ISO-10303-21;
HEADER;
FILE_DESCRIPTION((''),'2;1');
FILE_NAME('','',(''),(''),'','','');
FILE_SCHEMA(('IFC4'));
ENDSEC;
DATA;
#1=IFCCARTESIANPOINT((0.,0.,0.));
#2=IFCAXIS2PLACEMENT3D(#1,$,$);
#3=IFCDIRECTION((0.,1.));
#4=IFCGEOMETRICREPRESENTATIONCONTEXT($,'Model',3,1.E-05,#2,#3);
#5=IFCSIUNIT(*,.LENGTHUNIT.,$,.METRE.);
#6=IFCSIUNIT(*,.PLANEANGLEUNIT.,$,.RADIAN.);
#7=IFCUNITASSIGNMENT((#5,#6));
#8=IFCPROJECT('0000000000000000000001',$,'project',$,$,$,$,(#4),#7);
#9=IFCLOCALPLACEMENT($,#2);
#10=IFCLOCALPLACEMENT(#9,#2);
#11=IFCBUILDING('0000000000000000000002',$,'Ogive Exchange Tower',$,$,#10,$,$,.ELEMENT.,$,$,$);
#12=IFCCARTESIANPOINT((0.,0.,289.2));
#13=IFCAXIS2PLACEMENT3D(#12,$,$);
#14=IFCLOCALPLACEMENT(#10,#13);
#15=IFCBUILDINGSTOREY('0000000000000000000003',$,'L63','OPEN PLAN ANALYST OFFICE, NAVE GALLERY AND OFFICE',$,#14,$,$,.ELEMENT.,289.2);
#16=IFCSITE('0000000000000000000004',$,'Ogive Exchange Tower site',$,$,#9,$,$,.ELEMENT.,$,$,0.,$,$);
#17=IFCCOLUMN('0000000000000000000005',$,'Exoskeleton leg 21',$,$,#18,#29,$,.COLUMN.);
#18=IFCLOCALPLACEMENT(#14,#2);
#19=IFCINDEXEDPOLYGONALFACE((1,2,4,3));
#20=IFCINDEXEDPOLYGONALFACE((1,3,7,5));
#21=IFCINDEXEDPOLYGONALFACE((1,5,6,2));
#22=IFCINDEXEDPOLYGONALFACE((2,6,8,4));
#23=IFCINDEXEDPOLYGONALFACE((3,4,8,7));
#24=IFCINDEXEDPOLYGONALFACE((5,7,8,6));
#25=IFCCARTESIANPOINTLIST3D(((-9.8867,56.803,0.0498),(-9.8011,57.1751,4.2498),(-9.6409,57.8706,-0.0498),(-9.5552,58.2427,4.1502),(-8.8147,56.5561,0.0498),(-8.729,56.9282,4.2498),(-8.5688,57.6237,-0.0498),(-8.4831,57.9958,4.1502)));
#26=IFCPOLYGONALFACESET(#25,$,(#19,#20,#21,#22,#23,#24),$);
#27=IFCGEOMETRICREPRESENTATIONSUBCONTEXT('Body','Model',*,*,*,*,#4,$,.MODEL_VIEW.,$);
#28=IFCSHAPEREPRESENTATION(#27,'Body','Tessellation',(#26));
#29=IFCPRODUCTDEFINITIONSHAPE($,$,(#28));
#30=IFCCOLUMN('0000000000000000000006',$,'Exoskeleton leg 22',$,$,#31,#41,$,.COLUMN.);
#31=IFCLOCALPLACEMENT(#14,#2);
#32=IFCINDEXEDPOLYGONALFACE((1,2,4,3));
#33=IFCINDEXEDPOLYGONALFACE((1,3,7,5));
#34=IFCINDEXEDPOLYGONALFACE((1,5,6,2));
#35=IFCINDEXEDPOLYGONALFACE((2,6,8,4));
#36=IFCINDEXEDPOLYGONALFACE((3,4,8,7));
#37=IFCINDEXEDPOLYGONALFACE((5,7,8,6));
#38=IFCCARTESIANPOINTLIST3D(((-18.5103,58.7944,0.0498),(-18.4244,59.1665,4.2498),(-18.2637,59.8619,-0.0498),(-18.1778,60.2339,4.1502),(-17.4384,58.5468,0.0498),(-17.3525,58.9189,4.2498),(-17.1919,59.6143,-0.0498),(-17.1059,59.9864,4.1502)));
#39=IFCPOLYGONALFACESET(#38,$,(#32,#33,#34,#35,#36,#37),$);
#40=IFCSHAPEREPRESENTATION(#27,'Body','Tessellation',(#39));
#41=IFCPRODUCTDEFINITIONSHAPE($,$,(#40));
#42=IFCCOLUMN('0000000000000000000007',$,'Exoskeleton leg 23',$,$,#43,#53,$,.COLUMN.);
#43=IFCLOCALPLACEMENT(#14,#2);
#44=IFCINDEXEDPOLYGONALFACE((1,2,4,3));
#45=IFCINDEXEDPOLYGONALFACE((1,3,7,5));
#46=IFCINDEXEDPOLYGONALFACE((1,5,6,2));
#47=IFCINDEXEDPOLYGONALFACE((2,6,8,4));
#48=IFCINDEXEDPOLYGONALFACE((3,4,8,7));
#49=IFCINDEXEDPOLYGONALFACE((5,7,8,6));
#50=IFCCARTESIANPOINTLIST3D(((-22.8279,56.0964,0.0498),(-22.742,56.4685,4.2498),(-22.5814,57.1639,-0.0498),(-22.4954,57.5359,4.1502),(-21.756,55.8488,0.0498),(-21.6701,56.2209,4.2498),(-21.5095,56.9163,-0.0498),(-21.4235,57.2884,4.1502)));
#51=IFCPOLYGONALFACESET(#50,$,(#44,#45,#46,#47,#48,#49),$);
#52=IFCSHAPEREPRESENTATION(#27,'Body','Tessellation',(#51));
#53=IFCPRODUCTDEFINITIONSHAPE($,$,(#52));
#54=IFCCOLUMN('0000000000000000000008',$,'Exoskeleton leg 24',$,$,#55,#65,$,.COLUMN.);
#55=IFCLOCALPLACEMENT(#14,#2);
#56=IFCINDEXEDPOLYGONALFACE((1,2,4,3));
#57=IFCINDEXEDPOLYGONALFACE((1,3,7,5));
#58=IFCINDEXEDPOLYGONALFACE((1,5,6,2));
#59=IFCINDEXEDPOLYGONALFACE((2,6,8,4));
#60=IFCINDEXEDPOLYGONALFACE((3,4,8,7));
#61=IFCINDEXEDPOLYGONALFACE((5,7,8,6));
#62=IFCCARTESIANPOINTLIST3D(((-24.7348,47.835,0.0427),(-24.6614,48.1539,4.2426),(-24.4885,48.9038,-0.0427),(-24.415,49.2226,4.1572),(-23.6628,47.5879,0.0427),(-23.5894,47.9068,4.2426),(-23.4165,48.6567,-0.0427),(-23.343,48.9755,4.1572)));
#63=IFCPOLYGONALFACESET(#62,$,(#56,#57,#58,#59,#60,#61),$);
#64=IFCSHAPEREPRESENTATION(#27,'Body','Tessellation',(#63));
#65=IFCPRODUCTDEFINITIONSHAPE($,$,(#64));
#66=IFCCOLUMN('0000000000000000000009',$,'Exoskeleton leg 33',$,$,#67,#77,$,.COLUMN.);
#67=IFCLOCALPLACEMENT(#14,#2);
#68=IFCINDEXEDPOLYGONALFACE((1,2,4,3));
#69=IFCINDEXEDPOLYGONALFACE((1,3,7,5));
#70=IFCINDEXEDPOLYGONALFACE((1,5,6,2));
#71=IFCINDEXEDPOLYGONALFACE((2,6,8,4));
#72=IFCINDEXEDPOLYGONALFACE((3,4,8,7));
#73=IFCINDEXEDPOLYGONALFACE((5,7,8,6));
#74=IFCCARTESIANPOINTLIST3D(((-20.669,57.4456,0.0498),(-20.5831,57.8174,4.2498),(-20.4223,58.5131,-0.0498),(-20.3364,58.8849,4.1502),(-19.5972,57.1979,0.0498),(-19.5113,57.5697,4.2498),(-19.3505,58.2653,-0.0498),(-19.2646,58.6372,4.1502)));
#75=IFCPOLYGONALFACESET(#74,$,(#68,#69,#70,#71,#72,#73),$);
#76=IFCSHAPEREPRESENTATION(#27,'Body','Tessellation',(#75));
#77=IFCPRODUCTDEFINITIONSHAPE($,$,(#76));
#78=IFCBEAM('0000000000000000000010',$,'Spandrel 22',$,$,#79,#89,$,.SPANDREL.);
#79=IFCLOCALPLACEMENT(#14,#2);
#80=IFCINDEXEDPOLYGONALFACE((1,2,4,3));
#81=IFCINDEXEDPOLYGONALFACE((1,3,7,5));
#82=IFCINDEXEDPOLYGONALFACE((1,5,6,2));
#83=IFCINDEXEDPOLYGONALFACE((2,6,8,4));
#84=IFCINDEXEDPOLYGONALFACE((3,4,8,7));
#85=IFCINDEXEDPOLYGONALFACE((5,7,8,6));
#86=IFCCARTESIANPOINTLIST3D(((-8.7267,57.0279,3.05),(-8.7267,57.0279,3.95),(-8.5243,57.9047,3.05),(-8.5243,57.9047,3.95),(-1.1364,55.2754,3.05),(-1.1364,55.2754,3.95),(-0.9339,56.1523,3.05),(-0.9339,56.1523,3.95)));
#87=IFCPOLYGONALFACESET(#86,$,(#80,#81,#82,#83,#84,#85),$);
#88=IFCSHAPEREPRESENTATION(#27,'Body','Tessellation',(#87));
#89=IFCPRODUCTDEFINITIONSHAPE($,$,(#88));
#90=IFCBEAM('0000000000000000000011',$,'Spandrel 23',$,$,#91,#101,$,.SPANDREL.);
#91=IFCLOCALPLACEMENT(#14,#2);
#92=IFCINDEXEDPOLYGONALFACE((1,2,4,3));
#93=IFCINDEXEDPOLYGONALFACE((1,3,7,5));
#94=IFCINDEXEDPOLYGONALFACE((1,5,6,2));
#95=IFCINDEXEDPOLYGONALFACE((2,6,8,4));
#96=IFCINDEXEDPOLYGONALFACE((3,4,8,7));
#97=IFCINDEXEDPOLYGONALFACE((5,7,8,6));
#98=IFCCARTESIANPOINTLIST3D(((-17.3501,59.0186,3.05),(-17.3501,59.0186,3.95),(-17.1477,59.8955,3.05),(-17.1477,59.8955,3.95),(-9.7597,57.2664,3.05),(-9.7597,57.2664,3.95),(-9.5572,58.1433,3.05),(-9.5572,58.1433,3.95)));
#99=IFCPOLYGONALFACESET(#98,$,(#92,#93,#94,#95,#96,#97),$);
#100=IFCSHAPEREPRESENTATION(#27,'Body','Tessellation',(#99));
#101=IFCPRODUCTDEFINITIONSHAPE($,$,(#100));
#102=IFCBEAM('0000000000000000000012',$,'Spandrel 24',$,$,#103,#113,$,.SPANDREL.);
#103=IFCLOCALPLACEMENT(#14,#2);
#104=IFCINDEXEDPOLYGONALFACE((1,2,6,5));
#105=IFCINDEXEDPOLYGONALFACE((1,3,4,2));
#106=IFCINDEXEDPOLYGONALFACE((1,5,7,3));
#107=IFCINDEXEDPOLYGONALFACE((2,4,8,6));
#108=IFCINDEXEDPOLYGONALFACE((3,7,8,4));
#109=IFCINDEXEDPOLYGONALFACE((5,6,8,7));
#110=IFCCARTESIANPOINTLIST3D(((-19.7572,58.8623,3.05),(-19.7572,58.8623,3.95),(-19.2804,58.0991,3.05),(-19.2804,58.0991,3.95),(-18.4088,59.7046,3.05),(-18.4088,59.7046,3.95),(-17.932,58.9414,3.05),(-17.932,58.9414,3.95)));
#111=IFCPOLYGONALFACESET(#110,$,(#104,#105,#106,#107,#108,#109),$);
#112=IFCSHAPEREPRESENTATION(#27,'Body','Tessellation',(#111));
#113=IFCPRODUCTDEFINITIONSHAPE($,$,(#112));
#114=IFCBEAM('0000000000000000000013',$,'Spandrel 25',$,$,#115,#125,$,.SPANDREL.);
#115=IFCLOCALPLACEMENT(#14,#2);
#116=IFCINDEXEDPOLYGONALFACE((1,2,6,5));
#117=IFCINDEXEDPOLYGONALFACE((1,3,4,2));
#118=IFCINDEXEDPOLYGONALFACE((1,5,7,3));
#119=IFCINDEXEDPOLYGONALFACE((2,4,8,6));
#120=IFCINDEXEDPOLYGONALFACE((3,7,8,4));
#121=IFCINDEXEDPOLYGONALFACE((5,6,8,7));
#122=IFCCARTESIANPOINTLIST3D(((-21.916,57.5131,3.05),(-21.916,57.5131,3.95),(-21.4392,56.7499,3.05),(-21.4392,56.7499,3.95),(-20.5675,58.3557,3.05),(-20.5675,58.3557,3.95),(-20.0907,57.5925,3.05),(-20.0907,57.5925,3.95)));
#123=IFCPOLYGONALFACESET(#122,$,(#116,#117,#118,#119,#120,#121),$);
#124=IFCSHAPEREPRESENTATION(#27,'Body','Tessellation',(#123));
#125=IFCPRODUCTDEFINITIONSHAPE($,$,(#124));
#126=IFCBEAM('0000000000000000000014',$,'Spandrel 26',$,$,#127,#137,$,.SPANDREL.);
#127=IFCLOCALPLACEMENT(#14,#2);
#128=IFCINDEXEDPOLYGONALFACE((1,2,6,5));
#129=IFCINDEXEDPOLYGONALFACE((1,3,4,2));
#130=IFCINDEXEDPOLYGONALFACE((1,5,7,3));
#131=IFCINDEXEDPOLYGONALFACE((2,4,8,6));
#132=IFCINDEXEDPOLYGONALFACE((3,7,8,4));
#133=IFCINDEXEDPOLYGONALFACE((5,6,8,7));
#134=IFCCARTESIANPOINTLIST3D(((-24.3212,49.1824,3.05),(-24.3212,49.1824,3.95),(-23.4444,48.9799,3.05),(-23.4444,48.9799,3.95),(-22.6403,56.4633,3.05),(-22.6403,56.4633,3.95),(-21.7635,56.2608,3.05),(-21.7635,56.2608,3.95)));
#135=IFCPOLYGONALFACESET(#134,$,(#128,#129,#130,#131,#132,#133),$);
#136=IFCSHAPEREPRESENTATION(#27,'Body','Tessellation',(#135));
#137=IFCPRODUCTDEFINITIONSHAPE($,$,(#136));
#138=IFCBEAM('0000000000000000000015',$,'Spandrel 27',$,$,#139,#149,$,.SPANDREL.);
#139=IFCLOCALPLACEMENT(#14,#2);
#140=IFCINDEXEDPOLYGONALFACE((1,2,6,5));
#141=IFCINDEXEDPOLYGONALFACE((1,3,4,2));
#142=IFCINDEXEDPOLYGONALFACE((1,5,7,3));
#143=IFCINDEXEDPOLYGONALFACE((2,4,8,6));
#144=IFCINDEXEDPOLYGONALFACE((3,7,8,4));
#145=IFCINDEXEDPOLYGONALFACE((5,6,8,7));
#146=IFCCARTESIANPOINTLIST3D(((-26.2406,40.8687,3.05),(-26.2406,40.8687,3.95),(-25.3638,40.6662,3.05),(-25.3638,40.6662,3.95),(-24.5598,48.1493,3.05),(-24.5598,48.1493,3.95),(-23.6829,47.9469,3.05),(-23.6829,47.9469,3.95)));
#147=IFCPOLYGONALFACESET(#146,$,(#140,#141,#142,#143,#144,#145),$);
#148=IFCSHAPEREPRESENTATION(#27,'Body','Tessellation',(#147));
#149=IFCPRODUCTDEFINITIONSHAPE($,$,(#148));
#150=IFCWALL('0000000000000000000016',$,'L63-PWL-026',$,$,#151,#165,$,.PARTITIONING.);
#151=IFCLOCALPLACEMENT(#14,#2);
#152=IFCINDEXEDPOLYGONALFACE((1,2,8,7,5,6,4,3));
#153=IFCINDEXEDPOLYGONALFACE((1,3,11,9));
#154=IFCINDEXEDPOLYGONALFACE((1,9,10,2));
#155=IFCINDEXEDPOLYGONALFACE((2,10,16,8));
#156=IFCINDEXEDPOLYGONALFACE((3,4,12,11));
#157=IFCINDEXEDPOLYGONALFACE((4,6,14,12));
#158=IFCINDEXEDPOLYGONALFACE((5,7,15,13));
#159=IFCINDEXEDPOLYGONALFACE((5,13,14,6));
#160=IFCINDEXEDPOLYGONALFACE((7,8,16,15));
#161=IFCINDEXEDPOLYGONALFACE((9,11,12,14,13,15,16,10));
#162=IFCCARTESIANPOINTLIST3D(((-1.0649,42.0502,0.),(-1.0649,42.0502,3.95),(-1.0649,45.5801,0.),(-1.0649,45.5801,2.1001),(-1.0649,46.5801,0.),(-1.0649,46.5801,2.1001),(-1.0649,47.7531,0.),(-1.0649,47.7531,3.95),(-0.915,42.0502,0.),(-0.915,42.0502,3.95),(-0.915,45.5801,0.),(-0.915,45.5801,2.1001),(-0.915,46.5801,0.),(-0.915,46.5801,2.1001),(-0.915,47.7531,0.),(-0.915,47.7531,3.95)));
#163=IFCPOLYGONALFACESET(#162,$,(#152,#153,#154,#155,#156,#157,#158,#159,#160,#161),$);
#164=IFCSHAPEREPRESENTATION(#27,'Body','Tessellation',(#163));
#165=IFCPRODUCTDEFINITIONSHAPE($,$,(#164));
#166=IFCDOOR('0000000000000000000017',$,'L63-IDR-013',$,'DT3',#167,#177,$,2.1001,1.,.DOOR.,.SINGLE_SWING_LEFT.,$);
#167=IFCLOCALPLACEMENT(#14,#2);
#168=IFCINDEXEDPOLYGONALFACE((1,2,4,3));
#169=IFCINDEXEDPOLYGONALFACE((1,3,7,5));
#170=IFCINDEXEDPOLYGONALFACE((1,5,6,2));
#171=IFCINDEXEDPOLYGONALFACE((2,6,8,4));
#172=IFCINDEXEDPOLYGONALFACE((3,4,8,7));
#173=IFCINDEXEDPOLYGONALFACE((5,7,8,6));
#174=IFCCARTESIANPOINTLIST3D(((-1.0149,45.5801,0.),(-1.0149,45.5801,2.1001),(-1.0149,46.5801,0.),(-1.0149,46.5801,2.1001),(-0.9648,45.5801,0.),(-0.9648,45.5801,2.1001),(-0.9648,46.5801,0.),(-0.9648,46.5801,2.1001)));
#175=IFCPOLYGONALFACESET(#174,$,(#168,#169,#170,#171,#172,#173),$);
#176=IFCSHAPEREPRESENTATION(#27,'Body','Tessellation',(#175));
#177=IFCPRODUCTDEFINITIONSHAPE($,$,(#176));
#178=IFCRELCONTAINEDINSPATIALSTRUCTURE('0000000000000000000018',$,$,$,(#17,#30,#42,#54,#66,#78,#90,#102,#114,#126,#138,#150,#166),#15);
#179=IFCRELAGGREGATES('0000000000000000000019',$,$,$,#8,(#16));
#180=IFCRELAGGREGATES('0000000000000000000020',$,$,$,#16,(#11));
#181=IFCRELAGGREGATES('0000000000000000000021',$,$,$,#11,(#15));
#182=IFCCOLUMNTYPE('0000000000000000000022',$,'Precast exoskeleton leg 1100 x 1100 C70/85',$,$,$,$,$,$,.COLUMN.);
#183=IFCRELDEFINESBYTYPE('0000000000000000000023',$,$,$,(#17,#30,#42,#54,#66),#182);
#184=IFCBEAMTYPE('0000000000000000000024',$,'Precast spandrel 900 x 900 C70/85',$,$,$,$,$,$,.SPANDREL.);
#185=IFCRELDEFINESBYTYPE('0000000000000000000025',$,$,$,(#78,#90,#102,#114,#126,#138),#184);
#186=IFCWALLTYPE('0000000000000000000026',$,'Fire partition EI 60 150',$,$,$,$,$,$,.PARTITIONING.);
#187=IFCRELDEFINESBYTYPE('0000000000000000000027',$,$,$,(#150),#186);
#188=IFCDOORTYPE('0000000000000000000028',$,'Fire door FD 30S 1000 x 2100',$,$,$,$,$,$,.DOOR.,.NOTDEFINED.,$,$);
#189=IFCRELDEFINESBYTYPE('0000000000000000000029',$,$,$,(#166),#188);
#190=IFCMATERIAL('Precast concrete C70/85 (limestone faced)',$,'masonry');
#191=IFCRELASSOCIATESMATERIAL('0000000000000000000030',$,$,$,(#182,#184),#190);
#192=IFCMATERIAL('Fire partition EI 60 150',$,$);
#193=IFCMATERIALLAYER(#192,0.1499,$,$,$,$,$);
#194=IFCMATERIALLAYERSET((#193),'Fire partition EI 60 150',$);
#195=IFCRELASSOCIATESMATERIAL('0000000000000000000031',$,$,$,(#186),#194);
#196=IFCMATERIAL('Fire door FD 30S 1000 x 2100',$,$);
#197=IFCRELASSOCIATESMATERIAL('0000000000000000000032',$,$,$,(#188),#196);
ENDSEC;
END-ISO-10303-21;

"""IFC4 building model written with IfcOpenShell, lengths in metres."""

from ifc_helpers import new_model, si_unit, direction, frame, frame_2d, origin, origin_2d, place, context, subcontext, project, spatial, rectangle, extrude, material, layer, layer_set, material_profile, profile_set, type_object, element, fill, save


model = new_model("IFC4")

# Units and contexts
model_context = context("Model", 3, precision=1e-05, world=origin(), true_north=direction((0.0, 1.0)))
body_context = subcontext(model_context, "Body", "Model", "MODEL_VIEW")
ifc_project = project(units=[si_unit("LENGTHUNIT", "METRE"), si_unit("PLANEANGLEUNIT", "RADIAN")], contexts=[model_context])

# Site, building, storey
site_placement = place(None, origin())
site = spatial("IfcSite", under=ifc_project, at=site_placement, Name="Ogive Exchange Tower site", CompositionType="ELEMENT", RefElevation=0.0)
building_placement = place(site_placement, origin())
building = spatial("IfcBuilding", under=site, at=building_placement, Name="Ogive Exchange Tower", CompositionType="ELEMENT")
storey_placement = place(building_placement, frame((0.0, 0.0, 289.2)))
storey = spatial("IfcBuildingStorey", under=building, at=storey_placement, Name="L63", Description="OPEN PLAN ANALYST OFFICE, NAVE GALLERY AND OFFICE", CompositionType="ELEMENT", Elevation=289.2)

# Columns
ifc_material_1 = material(Name="Precast concrete C70/85 (limestone faced)", Category="masonry")
ifc_material_profile_1 = material_profile(ifc_material_1, rectangle(XDim=1.1001, YDim=1.1001, at=origin_2d()), Name="1100 x 1100")
ifc_profile_set_1 = profile_set([ifc_material_profile_1], Name="Precast concrete C70/85 (limestone faced)")
column_type = type_object("IfcColumnType", Name="Precast exoskeleton leg 1100 x 1100 C70/85", PredefinedType="COLUMN", material=ifc_profile_set_1)
for number, where, z_axis, x_axis, name in (
    (1, (-9.2278, 57.2134, 0.0), (0.02032, 0.088225, 0.995893), (-0.974488, 0.224439, 0.0), "Exoskeleton leg 21"),
    (2, (-17.8511, 59.2043, 0.0), (0.020377, 0.088225, 0.995892), (-0.974348, 0.225046, 0.0), "Exoskeleton leg 22"),
    (3, (-22.1687, 56.5063, 0.0), (0.020377, 0.088225, 0.995892), (-0.974348, 0.225046, 0.0), "Exoskeleton leg 23"),
):
    element("IfcColumn", number, at=place(storey_placement, frame(where, z_axis=z_axis, x_axis=x_axis)), inside=storey, type_object=column_type, Name=name, PredefinedType="COLUMN", context=body_context, shape_type="SweptSolid", body=[
        extrude(rectangle(XDim=1.1001, YDim=1.1001, at=origin_2d()), origin(), (0.0, 0.0, 1.0), 4.2173),
    ])
column_1_placement = place(storey_placement, frame((-24.0757, 48.2458, 0.0), z_axis=(0.017444, 0.075688, 0.996979), x_axis=(-0.974454, 0.224587, 0.0)))
element("IfcColumn", 4, at=column_1_placement, inside=storey, type_object=column_type, Name="Exoskeleton leg 24", PredefinedType="COLUMN", context=body_context, shape_type="SweptSolid", body=[
    extrude(rectangle(XDim=1.1001, YDim=1.1001, at=origin_2d()), origin(), (0.0, 0.0, 1.0), 4.2126),
])
column_2_placement = place(storey_placement, frame((-20.0098, 57.8555, 0.0), z_axis=(0.020378, 0.088168, 0.995897), x_axis=(-0.974316, 0.225187, 0.0)))
element("IfcColumn", 5, at=column_2_placement, inside=storey, type_object=column_type, Name="Exoskeleton leg 33", PredefinedType="COLUMN", context=body_context, shape_type="SweptSolid", body=[
    extrude(rectangle(XDim=1.1001, YDim=1.1001, at=origin_2d()), origin(), (0.0, 0.0, 1.0), 4.2173),
])

# Beams
ifc_material_profile_2 = material_profile(ifc_material_1, rectangle(XDim=0.8999, YDim=0.8999, at=origin_2d()), Name="900 x 900")
ifc_profile_set_2 = profile_set([ifc_material_profile_2], Name="Precast concrete C70/85 (limestone faced)")
beam_type = type_object("IfcBeamType", Name="Precast spandrel 900 x 900 C70/85", PredefinedType="SPANDREL", material=ifc_profile_set_2)
for number, where, z_axis, x_axis, name in (
    (6, (-1.0352, 55.7139, 3.5), (-0.974368, 0.22496, 0.0), (-0.22496, -0.974368, 0.0), "Spandrel 22"),
    (7, (-9.6584, 57.7048, 3.5), (-0.974375, 0.22493, 0.0), (-0.22493, -0.974375, 0.0), "Spandrel 23"),
):
    element("IfcBeam", number, at=place(storey_placement, frame(where, z_axis=z_axis, x_axis=x_axis)), inside=storey, type_object=beam_type, Name=name, PredefinedType="SPANDREL", context=body_context, shape_type="SweptSolid", body=[
        extrude(rectangle(XDim=0.8999, YDim=0.8999, at=origin_2d()), origin(), (0.0, 0.0, 1.0), 7.79),
    ])
beam_1_placement = place(storey_placement, frame((-18.1704, 59.323, 3.5), z_axis=(-0.848128, -0.529792, 0.0), x_axis=(0.529792, -0.848128, 0.0)))
element("IfcBeam", 8, at=beam_1_placement, inside=storey, type_object=beam_type, Name="Spandrel 24", PredefinedType="SPANDREL", context=body_context, shape_type="SweptSolid", body=[
    extrude(rectangle(XDim=0.8999, YDim=0.8999, at=origin_2d()), origin(), (0.0, 0.0, 1.0), 1.5898),
])
beam_2_placement = place(storey_placement, frame((-20.3291, 57.9741, 3.5), z_axis=(-0.848059, -0.529902, 0.0), x_axis=(0.529902, -0.848059, 0.0)))
element("IfcBeam", 9, at=beam_2_placement, inside=storey, type_object=beam_type, Name="Spandrel 25", PredefinedType="SPANDREL", context=body_context, shape_type="SweptSolid", body=[
    extrude(rectangle(XDim=0.8999, YDim=0.8999, at=origin_2d()), origin(), (0.0, 0.0, 1.0), 1.5901),
])
beam_3_placement = place(storey_placement, frame((-22.2019, 56.3621, 3.5), z_axis=(-0.224945, -0.974371, 0.0), x_axis=(0.974371, -0.224945, 0.0)))
element("IfcBeam", 10, at=beam_3_placement, inside=storey, type_object=beam_type, Name="Spandrel 26", PredefinedType="SPANDREL", context=body_context, shape_type="SweptSolid", body=[
    extrude(rectangle(XDim=0.8999, YDim=0.8999, at=origin_2d()), origin(), (0.0, 0.0, 1.0), 7.4724),
])
beam_4_placement = place(storey_placement, frame((-24.1213, 48.0481, 3.5), z_axis=(-0.224953, -0.97437, 0.0), x_axis=(0.97437, -0.224953, 0.0)))
element("IfcBeam", 11, at=beam_4_placement, inside=storey, type_object=beam_type, Name="Spandrel 27", PredefinedType="SPANDREL", context=body_context, shape_type="SweptSolid", body=[
    extrude(rectangle(XDim=0.8999, YDim=0.8999, at=origin_2d()), origin(), (0.0, 0.0, 1.0), 7.4722),
])

# Wall, opening, door
ifc_material_2 = material(Name="Fire partition EI 60 150")
ifc_layer_1 = layer(ifc_material_2, 0.1499)
ifc_layer_set_1 = layer_set([ifc_layer_1], Name="Fire partition EI 60 150")
wall_type_1 = type_object("IfcWallType", Name="Fire partition EI 60 150", PredefinedType="PARTITIONING", material=ifc_layer_set_1)
wall_1_placement = place(storey_placement, frame((-0.99, 42.05, 0.0), z_axis=(0.0, 0.0, 1.0), x_axis=(0.0, 1.0, 0.0)))
wall_1 = element("IfcWall", 12, at=wall_1_placement, inside=storey, type_object=wall_type_1, Name="L63-PWL-026", PredefinedType="PARTITIONING", context=body_context, shape_type="SweptSolid", body=[
    extrude(rectangle(XDim=5.7029, YDim=0.1499, at=frame_2d((2.8516, 0.0))), origin(), (0.0, 0.0, 1.0), 3.95),
])
opening_1_placement = place(wall_1_placement, frame((3.53, 0.0, 0.0)))
opening_1 = element("IfcOpeningElement", 13, at=opening_1_placement, cuts=wall_1, PredefinedType="OPENING", context=body_context, shape_type="SweptSolid", body=[
    extrude(rectangle(XDim=1.0, YDim=2.1001, at=frame_2d((0.5, 1.05))), frame((0.0, 0.085, 0.0), z_axis=(0.0, -1.0, 0.0), x_axis=(1.0, 0.0, 0.0)), (0.0, 0.0, 1.0), 0.1699),
])
ifc_material_3 = material(Name="Fire door FD 30S 1000 x 2100")
door_type = type_object("IfcDoorType", Name="Fire door FD 30S 1000 x 2100", OperationType="NOTDEFINED", PredefinedType="DOOR", material=ifc_material_3)
door_placement = place(opening_1_placement, origin())
door = element("IfcDoor", 14, at=door_placement, inside=storey, type_object=door_type, Name="L63-IDR-013", ObjectType="DT3", OperationType="SINGLE_SWING_LEFT", OverallHeight=2.1001, OverallWidth=1.0, PredefinedType="DOOR", context=body_context, shape_type="SweptSolid", body=[
    extrude(rectangle(XDim=1.0, YDim=2.1001, at=frame_2d((0.5, 1.05))), frame((0.0, 0.0249, 0.0), z_axis=(0.0, -1.0, 0.0), x_axis=(1.0, 0.0, 0.0)), (0.0, 0.0, 1.0), 0.05),
])
fill(opening_1, door)

save(model, "model.ifc")
